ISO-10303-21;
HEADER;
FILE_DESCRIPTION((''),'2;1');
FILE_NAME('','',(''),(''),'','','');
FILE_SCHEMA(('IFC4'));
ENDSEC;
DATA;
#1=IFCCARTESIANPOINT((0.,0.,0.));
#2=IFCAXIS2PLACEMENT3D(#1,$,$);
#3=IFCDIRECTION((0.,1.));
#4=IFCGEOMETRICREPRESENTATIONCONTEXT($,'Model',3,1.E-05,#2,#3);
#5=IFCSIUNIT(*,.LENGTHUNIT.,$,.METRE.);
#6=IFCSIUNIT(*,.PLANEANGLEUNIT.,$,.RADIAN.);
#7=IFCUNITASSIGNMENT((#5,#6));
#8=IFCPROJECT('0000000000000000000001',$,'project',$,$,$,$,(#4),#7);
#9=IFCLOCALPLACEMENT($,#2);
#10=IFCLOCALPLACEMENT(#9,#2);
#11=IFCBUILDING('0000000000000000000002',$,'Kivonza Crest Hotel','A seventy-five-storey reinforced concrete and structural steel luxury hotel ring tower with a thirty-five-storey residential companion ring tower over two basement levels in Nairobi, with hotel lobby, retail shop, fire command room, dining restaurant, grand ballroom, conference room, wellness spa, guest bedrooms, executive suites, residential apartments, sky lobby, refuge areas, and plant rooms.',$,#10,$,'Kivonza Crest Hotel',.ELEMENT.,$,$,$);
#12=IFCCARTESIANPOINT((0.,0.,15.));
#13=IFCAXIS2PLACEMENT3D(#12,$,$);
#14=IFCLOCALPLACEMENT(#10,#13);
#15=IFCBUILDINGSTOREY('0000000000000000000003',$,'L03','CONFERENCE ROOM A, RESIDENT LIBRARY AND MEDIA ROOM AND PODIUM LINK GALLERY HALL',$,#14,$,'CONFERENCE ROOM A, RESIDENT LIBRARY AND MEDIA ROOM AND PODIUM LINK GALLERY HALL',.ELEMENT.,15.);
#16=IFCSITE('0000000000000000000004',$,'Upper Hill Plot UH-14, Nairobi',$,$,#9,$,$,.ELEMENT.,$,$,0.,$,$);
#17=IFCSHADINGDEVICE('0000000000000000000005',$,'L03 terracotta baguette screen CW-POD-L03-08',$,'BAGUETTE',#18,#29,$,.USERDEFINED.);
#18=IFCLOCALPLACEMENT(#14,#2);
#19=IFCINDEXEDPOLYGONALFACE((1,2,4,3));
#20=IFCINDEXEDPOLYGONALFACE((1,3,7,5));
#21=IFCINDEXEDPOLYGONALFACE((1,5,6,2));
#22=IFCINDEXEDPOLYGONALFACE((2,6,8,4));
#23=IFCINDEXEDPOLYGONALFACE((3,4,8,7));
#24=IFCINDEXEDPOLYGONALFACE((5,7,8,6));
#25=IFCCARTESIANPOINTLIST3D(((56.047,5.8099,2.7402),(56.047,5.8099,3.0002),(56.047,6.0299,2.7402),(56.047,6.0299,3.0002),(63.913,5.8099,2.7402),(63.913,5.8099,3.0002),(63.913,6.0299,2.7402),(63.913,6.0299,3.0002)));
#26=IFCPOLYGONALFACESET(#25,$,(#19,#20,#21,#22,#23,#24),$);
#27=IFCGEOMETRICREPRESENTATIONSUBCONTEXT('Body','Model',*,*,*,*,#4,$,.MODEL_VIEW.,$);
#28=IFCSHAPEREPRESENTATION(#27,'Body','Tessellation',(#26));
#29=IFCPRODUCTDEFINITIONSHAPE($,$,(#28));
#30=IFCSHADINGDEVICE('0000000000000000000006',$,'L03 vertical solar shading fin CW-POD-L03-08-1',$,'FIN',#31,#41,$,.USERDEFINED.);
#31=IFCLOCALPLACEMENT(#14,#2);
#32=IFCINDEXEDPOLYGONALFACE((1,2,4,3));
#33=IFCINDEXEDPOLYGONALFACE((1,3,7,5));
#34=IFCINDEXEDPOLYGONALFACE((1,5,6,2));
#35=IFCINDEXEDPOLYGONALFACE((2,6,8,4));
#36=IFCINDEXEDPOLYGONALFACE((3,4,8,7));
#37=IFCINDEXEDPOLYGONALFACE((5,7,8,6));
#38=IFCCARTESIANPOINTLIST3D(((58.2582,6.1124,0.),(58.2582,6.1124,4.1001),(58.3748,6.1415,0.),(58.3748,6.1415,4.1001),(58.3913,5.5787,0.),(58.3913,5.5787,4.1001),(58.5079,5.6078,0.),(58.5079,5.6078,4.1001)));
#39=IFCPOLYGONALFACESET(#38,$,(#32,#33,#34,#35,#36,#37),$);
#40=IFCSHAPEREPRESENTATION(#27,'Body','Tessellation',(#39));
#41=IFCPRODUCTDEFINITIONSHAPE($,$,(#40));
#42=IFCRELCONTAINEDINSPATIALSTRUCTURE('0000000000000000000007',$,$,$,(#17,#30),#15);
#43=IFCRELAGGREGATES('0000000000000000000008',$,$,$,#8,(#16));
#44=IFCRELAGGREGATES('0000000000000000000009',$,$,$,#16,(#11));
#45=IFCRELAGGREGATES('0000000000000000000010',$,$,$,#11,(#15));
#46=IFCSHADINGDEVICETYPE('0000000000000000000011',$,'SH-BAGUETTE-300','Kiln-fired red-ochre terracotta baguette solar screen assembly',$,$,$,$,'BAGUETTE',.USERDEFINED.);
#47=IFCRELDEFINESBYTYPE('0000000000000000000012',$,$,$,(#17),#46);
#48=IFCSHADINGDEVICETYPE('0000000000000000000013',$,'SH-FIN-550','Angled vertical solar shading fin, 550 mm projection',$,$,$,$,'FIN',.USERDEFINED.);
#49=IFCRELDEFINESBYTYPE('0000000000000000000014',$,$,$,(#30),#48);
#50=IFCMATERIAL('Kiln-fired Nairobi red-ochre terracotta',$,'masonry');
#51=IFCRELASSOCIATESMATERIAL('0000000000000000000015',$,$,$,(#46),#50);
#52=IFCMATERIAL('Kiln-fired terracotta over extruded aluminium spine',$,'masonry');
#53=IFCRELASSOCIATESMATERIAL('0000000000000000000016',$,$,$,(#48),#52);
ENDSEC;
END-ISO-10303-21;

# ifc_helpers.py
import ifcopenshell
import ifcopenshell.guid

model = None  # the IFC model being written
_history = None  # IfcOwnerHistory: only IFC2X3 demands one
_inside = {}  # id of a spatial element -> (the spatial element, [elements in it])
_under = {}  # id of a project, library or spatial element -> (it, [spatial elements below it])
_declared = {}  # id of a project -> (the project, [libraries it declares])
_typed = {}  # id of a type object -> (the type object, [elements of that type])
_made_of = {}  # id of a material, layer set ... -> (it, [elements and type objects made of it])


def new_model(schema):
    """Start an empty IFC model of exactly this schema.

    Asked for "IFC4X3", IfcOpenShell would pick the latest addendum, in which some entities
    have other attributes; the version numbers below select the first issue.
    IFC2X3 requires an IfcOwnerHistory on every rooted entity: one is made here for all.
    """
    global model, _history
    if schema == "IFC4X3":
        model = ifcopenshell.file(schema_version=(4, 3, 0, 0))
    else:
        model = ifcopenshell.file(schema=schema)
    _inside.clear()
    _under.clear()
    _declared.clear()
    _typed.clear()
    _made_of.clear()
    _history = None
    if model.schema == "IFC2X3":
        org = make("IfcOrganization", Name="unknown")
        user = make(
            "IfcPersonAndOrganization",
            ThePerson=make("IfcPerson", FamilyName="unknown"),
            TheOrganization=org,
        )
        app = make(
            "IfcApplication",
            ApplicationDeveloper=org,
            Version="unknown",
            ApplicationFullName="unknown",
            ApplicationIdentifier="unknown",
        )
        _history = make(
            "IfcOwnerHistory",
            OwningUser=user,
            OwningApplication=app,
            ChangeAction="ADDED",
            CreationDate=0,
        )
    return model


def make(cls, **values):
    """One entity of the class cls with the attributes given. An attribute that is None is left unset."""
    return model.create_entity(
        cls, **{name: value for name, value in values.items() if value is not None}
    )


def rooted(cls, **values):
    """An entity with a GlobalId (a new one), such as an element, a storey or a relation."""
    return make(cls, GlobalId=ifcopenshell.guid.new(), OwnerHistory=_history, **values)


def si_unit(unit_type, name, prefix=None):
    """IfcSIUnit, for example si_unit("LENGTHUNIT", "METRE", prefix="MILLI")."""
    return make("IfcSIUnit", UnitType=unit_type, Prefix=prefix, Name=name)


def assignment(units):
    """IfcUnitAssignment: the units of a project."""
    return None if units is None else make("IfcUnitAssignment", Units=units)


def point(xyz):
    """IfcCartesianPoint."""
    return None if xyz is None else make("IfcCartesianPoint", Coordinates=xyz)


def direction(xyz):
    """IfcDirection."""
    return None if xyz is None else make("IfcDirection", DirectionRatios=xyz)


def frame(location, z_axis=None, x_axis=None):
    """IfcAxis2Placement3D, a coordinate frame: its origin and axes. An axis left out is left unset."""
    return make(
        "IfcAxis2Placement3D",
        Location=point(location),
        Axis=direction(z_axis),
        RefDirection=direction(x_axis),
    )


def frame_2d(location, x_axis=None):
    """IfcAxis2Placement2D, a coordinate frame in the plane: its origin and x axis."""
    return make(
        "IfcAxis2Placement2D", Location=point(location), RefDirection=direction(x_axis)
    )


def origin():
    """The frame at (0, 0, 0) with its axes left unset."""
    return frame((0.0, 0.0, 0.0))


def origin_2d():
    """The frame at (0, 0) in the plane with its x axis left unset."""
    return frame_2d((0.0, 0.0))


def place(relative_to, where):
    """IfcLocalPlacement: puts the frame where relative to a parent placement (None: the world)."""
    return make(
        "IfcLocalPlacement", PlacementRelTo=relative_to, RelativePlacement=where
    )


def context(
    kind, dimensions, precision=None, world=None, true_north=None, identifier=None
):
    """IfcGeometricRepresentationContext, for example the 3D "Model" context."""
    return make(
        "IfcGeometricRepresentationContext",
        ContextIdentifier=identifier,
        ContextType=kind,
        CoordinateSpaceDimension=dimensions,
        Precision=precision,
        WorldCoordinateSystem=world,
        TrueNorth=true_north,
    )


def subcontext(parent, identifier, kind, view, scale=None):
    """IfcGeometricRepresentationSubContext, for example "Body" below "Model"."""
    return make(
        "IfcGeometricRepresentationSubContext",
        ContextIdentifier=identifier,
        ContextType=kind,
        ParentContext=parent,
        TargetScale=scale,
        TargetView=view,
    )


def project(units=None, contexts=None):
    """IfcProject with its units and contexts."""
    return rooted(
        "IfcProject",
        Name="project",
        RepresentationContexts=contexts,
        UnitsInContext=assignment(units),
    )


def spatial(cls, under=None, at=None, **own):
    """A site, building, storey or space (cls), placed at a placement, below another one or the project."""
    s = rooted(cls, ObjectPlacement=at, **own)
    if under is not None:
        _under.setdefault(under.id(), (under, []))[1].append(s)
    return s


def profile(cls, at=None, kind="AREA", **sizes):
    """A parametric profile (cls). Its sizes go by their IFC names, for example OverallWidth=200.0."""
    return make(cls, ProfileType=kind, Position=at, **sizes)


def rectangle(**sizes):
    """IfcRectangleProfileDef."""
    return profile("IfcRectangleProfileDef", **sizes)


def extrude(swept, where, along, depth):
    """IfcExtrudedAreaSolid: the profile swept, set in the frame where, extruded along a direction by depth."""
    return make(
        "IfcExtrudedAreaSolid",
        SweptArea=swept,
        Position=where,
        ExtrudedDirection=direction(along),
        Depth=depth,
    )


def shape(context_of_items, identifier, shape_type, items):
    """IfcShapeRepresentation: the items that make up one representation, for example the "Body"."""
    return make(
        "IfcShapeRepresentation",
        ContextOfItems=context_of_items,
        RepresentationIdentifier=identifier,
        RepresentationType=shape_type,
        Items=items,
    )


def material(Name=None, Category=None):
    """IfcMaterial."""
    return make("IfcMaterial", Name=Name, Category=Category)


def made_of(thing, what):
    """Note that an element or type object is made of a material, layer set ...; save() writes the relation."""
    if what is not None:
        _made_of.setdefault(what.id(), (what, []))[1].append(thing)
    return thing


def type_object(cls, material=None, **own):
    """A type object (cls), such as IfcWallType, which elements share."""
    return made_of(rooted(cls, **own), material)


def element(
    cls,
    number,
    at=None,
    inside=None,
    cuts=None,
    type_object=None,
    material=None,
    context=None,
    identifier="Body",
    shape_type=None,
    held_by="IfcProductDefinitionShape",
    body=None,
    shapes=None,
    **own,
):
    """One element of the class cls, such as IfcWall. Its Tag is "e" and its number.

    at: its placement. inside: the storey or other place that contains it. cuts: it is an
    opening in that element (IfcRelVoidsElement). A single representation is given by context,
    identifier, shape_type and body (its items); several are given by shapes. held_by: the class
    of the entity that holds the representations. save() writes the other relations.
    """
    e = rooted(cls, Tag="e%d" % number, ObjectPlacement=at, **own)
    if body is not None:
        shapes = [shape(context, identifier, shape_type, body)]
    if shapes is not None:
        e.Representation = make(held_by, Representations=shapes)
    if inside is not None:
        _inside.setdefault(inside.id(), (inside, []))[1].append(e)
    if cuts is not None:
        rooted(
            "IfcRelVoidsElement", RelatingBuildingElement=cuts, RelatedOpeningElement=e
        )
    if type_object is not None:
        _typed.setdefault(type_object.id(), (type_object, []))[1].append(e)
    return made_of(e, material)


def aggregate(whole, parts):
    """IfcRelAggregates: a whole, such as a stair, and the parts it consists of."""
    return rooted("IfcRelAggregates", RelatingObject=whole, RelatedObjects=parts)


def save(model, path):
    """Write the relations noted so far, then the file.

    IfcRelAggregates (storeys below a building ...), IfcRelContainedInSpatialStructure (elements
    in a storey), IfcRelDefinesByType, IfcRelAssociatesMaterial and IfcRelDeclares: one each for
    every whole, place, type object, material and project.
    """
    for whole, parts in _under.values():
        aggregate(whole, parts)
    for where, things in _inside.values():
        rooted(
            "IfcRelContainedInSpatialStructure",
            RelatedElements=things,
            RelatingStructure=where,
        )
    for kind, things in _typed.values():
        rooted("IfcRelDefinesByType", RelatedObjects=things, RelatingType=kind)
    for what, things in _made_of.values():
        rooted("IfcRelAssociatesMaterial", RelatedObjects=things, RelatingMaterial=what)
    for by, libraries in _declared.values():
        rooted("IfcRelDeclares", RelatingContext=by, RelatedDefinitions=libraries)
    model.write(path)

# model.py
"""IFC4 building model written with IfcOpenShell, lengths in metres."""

from ifc_helpers import new_model, si_unit, direction, frame, origin, origin_2d, place, context, subcontext, project, spatial, rectangle, extrude, material, type_object, element, save


model = new_model("IFC4")

# Units and contexts
model_context = context("Model", 3, precision=1e-05, world=origin(), true_north=direction((0.0, 1.0)))
body_context = subcontext(model_context, "Body", "Model", "MODEL_VIEW")
ifc_project = project(units=[si_unit("LENGTHUNIT", "METRE"), si_unit("PLANEANGLEUNIT", "RADIAN")], contexts=[model_context])

# Site, building, storey
site_placement = place(None, origin())
site = spatial("IfcSite", under=ifc_project, at=site_placement, Name="Upper Hill Plot UH-14, Nairobi", CompositionType="ELEMENT", RefElevation=0.0)
building_placement = place(site_placement, origin())
building = spatial("IfcBuilding", under=site, at=building_placement, Name="Kivonza Crest Hotel", Description="A seventy-five-storey reinforced concrete and structural steel luxury hotel ring tower with a thirty-five-storey residential companion ring tower over two basement levels in Nairobi, with hotel lobby, retail shop, fire command room, dining restaurant, grand ballroom, conference room, wellness spa, guest bedrooms, executive suites, residential apartments, sky lobby, refuge areas, and plant rooms.", LongName="Kivonza Crest Hotel", CompositionType="ELEMENT")
storey_placement = place(building_placement, frame((0.0, 0.0, 15.0)))
storey = spatial("IfcBuildingStorey", under=building, at=storey_placement, Name="L03", Description="CONFERENCE ROOM A, RESIDENT LIBRARY AND MEDIA ROOM AND PODIUM LINK GALLERY HALL", LongName="CONFERENCE ROOM A, RESIDENT LIBRARY AND MEDIA ROOM AND PODIUM LINK GALLERY HALL", CompositionType="ELEMENT", Elevation=15.0)

# Shading devices
ifc_material_1 = material(Name="Kiln-fired Nairobi red-ochre terracotta", Category="masonry")
shading_device_type_1 = type_object("IfcShadingDeviceType", Name="SH-BAGUETTE-300", Description="Kiln-fired red-ochre terracotta baguette solar screen assembly", ElementType="BAGUETTE", PredefinedType="USERDEFINED", material=ifc_material_1)
shading_device_1_placement = place(storey_placement, frame((59.98, 5.9199, 2.7402), z_axis=(0.0, 0.0, 1.0), x_axis=(1.0, 0.0, 0.0)))
element("IfcShadingDevice", 1, at=shading_device_1_placement, inside=storey, type_object=shading_device_type_1, Name="L03 terracotta baguette screen CW-POD-L03-08", ObjectType="BAGUETTE", PredefinedType="USERDEFINED", context=body_context, shape_type="SweptSolid", body=[
    extrude(rectangle(XDim=7.866, YDim=0.22, at=origin_2d()), origin(), (0.0, 0.0, 1.0), 0.26),
])
ifc_material_2 = material(Name="Kiln-fired terracotta over extruded aluminium spine", Category="masonry")
shading_device_type_2 = type_object("IfcShadingDeviceType", Name="SH-FIN-550", Description="Angled vertical solar shading fin, 550 mm projection", ElementType="FIN", PredefinedType="USERDEFINED", material=ifc_material_2)
shading_device_2_placement = place(storey_placement, frame((58.3831, 5.8601, 0.0), z_axis=(0.0, 0.0, 1.0), x_axis=(0.970296, 0.241922, 0.0)))
element("IfcShadingDevice", 2, at=shading_device_2_placement, inside=storey, type_object=shading_device_type_2, Name="L03 vertical solar shading fin CW-POD-L03-08-1", ObjectType="FIN", PredefinedType="USERDEFINED", context=body_context, shape_type="SweptSolid", body=[
    extrude(rectangle(XDim=0.1201, YDim=0.55, at=origin_2d()), origin(), (0.0, 0.0, 1.0), 4.1001),
])

save(model, "model.ifc")
